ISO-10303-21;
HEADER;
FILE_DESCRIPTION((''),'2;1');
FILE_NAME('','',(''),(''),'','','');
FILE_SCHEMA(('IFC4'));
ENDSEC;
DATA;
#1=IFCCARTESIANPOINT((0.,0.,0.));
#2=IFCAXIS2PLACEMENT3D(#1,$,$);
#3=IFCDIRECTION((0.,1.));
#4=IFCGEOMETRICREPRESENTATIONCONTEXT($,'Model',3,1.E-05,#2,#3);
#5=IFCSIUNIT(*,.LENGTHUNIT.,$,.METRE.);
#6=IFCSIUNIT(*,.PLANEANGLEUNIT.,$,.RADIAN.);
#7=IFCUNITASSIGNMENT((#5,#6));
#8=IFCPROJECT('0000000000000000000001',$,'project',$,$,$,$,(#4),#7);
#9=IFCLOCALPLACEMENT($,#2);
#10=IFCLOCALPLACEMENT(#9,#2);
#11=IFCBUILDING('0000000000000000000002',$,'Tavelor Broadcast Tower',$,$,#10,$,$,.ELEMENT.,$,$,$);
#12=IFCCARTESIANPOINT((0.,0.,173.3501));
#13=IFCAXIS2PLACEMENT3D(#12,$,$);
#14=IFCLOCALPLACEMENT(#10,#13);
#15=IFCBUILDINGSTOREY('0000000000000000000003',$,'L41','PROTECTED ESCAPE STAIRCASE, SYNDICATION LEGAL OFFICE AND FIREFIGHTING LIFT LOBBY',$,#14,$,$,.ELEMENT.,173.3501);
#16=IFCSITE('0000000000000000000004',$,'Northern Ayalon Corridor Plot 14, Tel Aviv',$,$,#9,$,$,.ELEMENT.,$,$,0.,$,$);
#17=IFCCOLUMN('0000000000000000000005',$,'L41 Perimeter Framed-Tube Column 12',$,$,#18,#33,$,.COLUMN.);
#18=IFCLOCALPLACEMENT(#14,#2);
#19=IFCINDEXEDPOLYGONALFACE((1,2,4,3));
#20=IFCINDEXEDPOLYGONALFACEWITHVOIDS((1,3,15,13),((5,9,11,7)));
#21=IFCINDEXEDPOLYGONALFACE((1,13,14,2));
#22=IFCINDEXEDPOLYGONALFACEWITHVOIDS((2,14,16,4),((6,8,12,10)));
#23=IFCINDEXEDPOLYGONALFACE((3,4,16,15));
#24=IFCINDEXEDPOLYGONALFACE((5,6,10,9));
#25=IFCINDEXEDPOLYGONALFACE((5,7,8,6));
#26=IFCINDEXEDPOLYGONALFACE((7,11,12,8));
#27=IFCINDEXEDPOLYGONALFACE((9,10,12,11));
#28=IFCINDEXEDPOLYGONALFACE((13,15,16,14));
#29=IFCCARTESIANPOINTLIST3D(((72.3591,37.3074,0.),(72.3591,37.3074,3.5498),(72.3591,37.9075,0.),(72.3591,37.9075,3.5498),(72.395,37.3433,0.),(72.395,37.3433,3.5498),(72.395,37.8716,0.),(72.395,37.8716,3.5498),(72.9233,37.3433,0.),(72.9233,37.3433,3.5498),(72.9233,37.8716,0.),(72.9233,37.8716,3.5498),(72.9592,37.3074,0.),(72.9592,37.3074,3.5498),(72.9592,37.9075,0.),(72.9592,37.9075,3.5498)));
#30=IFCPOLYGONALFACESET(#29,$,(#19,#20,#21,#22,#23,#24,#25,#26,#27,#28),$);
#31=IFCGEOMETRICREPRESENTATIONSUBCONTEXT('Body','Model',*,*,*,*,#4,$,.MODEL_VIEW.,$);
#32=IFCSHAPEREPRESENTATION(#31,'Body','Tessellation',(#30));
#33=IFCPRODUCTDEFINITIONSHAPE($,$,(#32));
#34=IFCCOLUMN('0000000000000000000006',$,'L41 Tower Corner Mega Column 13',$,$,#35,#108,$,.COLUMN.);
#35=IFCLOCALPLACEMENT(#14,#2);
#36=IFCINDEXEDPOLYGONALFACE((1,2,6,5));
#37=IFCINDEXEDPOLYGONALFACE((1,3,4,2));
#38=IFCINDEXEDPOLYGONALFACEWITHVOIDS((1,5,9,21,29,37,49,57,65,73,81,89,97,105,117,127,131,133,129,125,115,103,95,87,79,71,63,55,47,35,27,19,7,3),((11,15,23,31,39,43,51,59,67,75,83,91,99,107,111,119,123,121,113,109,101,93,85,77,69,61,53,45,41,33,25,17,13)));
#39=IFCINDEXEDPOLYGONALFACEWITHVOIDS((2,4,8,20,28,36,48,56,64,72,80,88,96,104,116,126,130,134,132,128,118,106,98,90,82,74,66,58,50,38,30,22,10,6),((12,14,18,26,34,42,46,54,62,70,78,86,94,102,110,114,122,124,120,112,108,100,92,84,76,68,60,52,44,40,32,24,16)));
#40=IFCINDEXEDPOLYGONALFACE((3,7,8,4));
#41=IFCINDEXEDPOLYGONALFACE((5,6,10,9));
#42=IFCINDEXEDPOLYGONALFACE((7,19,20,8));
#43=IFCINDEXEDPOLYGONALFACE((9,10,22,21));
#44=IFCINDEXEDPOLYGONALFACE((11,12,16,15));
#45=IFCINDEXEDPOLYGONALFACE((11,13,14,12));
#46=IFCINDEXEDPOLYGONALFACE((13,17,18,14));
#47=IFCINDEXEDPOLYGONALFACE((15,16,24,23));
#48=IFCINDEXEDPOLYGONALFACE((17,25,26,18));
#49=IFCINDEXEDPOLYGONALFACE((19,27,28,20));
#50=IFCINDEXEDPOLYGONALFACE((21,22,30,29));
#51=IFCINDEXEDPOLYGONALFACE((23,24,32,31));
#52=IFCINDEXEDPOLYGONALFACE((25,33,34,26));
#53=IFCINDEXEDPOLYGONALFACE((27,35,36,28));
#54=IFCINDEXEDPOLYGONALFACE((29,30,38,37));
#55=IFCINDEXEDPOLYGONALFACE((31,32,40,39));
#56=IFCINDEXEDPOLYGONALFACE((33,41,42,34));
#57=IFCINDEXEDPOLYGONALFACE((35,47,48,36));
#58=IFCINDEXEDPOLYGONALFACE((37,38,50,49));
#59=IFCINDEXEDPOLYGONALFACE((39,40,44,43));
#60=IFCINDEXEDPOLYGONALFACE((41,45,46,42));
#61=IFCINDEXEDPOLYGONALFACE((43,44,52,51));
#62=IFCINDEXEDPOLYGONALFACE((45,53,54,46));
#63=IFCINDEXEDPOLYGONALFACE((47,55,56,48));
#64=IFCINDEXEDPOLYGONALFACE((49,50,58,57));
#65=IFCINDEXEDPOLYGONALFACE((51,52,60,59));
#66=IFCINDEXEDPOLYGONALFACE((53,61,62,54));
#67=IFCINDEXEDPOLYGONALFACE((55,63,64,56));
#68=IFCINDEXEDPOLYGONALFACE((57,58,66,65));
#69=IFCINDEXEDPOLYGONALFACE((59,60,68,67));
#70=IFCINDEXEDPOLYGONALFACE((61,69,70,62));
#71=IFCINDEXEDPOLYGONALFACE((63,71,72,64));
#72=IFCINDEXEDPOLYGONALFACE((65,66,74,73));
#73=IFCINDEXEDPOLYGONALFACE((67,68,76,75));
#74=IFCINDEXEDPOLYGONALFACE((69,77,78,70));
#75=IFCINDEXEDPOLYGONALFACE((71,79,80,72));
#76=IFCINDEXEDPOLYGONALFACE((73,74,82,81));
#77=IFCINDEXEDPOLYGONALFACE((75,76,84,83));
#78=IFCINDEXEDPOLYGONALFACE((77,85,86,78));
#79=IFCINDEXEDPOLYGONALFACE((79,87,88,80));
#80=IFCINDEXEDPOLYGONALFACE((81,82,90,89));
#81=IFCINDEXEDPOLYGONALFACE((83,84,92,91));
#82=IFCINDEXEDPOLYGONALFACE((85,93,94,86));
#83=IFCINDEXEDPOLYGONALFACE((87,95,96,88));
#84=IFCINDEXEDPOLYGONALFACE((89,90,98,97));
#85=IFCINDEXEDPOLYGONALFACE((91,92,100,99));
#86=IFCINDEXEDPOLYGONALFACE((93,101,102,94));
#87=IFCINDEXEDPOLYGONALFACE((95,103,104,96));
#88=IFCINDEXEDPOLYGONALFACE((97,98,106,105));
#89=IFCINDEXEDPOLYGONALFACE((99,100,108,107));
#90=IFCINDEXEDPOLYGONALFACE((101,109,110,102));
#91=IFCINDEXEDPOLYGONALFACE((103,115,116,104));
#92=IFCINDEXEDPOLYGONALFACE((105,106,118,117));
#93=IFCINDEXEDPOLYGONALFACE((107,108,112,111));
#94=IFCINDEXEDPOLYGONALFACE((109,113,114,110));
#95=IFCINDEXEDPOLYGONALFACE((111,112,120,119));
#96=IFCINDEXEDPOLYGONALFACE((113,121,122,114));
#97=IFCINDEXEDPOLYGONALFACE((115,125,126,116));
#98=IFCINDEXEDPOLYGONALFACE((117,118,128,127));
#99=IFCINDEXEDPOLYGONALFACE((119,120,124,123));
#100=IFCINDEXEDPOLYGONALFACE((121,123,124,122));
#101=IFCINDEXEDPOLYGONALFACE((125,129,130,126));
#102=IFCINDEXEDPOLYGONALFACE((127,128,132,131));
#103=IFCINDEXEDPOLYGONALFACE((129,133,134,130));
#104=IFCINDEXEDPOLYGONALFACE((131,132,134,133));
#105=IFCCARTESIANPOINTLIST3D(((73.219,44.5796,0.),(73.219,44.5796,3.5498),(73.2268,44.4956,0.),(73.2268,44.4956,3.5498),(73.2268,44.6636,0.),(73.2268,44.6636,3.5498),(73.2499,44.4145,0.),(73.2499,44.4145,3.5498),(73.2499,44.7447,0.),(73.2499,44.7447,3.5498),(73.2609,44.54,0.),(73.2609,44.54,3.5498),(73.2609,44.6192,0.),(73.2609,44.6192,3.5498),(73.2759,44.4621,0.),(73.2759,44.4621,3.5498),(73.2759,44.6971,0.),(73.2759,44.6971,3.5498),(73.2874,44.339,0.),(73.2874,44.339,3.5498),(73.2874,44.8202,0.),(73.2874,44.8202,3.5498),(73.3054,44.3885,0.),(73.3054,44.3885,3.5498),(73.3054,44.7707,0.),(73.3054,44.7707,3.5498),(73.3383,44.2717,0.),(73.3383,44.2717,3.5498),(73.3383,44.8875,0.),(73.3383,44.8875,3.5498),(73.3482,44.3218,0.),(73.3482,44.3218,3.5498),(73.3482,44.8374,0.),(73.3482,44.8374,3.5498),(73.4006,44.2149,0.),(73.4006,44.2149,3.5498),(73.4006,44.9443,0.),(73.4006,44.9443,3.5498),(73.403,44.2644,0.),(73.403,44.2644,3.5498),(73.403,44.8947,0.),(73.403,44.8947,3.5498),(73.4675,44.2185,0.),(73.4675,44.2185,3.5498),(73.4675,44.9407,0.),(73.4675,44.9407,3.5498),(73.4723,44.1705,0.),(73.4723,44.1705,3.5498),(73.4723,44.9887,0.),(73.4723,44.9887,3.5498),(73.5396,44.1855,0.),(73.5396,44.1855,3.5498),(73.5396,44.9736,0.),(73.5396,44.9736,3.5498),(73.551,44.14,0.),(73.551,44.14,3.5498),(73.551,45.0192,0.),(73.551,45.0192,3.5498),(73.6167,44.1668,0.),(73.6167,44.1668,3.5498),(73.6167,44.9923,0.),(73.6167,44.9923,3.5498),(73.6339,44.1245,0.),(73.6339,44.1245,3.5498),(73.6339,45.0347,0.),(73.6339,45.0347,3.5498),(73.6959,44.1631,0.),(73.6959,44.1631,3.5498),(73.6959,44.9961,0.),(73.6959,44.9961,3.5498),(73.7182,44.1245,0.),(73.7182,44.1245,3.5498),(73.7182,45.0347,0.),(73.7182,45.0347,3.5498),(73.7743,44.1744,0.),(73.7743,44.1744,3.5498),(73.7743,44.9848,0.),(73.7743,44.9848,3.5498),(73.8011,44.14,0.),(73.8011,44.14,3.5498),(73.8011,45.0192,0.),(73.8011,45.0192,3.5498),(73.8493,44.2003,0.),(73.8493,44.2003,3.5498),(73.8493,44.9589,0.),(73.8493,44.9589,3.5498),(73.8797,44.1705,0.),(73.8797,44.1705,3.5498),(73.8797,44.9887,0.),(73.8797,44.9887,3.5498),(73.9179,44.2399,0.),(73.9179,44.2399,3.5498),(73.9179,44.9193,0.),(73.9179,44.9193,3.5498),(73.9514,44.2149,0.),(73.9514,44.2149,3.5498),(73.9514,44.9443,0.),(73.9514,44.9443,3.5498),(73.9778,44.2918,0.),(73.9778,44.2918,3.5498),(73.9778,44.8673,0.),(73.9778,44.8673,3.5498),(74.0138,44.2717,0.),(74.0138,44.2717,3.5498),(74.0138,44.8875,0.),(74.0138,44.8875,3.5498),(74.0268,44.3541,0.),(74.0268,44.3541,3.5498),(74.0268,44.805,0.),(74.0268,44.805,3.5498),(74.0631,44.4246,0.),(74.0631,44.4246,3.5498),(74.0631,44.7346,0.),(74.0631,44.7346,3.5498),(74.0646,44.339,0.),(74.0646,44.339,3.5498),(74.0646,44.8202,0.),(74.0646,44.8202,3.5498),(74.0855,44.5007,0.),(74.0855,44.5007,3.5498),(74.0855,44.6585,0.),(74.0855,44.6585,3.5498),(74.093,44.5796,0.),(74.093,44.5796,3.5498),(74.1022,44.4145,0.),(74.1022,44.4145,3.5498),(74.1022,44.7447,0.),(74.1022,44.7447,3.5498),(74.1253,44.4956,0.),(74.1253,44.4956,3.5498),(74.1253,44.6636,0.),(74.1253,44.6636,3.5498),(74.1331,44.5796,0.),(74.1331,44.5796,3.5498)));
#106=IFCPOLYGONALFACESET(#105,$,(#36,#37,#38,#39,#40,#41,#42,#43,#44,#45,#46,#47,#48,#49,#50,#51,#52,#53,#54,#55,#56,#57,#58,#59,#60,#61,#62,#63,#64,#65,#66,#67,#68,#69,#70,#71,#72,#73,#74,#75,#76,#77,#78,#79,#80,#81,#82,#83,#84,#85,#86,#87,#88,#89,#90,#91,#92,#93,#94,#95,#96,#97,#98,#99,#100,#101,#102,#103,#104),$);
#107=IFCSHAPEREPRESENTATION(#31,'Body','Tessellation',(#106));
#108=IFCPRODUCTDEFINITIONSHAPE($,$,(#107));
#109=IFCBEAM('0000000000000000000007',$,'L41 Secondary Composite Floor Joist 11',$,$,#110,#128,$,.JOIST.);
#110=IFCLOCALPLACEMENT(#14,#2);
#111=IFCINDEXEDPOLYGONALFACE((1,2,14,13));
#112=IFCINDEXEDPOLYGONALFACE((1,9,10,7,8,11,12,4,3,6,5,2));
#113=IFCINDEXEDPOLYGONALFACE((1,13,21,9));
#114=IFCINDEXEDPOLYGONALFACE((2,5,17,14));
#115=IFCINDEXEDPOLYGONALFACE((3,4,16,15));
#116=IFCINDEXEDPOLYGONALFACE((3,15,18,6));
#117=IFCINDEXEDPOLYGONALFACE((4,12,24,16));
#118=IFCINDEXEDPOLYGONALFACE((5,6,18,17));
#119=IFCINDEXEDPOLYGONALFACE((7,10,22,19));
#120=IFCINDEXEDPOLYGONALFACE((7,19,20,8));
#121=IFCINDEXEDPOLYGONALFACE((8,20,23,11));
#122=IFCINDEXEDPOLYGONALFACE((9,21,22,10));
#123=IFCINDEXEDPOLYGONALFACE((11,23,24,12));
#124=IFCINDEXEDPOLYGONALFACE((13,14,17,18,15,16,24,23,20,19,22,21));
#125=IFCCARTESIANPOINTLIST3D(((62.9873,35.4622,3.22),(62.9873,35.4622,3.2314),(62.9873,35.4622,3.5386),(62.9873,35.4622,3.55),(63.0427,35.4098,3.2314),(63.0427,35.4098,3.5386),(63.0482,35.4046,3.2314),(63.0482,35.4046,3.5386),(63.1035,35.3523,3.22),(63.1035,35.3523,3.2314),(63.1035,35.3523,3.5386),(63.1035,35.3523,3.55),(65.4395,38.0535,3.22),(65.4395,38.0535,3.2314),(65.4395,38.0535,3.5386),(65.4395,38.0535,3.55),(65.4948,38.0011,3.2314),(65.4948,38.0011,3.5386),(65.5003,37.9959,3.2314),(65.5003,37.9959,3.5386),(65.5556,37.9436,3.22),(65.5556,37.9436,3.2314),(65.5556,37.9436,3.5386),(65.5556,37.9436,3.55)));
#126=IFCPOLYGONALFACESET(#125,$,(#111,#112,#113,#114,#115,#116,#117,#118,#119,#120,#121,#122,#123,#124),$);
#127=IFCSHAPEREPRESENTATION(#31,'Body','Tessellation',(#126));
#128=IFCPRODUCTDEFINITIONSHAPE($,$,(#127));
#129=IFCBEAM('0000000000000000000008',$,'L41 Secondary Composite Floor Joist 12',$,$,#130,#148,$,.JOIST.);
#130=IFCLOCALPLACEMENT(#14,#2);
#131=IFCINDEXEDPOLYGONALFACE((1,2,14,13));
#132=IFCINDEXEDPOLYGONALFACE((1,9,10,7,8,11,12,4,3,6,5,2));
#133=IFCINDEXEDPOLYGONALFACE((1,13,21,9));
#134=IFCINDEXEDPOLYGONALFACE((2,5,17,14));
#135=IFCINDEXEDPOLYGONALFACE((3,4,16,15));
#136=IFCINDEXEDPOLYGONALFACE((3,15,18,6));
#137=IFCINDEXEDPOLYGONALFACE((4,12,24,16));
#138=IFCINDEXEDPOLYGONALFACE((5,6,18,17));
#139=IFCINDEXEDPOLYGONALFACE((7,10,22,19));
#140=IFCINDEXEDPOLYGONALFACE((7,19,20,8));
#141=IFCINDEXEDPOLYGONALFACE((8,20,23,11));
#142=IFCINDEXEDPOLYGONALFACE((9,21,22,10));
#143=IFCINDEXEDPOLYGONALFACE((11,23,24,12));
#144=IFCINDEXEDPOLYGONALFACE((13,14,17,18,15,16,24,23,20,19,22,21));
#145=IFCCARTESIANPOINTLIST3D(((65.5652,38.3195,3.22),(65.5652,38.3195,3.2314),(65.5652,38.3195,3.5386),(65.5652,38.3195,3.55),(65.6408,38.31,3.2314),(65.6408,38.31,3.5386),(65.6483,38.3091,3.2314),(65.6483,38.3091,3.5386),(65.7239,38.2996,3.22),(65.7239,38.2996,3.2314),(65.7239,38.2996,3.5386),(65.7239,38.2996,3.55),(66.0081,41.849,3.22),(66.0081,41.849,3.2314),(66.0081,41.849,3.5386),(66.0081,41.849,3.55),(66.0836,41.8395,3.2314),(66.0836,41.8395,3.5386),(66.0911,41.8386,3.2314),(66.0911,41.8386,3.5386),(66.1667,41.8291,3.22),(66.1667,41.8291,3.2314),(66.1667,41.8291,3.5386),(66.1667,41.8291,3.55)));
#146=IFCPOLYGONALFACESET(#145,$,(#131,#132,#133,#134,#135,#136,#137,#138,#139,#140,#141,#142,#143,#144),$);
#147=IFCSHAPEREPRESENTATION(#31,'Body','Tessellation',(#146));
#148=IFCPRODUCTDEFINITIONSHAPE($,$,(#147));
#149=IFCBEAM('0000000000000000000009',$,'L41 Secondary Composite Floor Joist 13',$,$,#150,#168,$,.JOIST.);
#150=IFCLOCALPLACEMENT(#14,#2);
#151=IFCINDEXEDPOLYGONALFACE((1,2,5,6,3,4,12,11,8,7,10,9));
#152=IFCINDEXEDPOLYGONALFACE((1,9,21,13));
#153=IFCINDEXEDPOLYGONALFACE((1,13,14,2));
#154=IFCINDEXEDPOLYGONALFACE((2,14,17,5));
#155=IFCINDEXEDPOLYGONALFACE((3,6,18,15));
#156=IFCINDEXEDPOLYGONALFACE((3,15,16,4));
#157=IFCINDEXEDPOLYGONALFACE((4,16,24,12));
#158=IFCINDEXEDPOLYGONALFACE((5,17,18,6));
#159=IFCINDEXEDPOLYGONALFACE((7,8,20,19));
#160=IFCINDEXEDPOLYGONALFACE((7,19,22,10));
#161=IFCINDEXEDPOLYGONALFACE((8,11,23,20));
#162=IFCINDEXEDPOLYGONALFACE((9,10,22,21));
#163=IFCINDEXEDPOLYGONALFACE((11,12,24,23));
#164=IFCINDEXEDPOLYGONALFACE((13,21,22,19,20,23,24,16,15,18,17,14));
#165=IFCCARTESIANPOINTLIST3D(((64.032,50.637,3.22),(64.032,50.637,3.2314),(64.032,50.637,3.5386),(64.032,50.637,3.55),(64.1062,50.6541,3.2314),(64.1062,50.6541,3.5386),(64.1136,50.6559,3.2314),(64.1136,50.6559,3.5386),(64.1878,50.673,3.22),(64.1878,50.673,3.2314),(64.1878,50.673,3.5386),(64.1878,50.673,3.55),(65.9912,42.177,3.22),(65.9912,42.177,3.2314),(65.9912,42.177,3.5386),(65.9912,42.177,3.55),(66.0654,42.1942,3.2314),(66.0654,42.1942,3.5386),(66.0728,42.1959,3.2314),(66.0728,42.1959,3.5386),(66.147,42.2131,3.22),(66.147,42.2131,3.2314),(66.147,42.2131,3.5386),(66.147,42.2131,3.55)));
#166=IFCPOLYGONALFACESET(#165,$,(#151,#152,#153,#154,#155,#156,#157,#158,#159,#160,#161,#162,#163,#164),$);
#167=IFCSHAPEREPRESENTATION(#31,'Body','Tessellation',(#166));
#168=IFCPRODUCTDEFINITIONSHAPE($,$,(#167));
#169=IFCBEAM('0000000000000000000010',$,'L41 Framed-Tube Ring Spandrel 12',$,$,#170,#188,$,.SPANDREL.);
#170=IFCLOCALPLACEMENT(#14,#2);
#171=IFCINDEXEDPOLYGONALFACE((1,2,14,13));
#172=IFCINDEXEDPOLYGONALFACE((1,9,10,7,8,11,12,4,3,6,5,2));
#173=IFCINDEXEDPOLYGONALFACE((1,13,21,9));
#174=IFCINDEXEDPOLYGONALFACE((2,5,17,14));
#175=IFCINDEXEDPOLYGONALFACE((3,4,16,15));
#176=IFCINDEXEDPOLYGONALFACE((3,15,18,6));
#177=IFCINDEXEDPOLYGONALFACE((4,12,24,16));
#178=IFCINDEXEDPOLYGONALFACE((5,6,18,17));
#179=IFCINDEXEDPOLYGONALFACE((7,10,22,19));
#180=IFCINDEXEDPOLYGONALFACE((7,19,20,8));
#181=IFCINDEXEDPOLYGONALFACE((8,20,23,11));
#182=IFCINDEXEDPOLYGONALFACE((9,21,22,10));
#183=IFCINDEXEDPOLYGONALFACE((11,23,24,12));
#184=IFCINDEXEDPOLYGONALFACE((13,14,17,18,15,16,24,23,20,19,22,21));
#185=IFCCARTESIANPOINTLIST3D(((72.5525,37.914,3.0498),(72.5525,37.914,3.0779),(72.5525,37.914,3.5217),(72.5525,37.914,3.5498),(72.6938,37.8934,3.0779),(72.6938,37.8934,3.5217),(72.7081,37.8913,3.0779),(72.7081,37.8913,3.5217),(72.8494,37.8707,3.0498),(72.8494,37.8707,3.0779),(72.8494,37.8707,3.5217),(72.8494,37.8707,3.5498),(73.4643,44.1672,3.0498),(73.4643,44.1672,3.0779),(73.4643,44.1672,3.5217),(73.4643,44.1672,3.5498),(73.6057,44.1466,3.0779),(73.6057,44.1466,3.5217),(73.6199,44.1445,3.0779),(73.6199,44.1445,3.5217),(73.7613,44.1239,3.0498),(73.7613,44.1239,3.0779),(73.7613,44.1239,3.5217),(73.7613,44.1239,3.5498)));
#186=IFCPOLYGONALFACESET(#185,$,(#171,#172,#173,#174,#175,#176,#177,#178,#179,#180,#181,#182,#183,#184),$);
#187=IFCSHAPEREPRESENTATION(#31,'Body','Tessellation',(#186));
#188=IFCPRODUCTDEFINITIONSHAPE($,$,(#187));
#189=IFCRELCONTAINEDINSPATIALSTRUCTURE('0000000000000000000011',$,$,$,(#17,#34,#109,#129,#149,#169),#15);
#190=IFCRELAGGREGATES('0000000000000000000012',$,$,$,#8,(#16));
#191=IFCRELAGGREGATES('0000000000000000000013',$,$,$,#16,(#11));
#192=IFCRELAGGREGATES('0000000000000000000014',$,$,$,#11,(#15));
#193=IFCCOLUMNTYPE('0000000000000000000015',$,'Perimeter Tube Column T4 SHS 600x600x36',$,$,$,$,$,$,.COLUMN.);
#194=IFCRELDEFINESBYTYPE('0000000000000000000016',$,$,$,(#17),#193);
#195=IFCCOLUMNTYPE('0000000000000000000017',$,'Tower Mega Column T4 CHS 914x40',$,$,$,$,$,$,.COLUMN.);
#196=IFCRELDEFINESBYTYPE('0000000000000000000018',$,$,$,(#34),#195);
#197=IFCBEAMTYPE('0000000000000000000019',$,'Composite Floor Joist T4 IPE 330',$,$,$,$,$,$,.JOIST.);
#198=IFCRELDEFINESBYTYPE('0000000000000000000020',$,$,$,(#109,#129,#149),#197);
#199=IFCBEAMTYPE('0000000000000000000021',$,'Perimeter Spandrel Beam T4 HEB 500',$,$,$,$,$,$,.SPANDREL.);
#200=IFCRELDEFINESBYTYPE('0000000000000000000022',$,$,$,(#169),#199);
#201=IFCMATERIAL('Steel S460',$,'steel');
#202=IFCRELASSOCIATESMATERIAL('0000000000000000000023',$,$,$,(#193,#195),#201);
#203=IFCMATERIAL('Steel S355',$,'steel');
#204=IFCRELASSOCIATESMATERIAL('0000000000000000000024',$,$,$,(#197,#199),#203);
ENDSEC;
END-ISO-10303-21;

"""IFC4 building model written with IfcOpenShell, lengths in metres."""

from ifc_helpers import new_model, si_unit, direction, frame, origin, origin_2d, place, context, subcontext, project, spatial, hollow_rectangle, hollow_circle, i_section, extrude, material, material_profile, profile_set, type_object, element, save


model = new_model("IFC4")

# Units and contexts
model_context = context("Model", 3, precision=1e-05, world=origin(), true_north=direction((0.0, 1.0)))
body_context = subcontext(model_context, "Body", "Model", "MODEL_VIEW")
ifc_project = project(units=[si_unit("LENGTHUNIT", "METRE"), si_unit("PLANEANGLEUNIT", "RADIAN")], contexts=[model_context])

# Site, building, storey
site_placement = place(None, origin())
site = spatial("IfcSite", under=ifc_project, at=site_placement, Name="Northern Ayalon Corridor Plot 14, Tel Aviv", CompositionType="ELEMENT", RefElevation=0.0)
building_placement = place(site_placement, origin())
building = spatial("IfcBuilding", under=site, at=building_placement, Name="Tavelor Broadcast Tower", CompositionType="ELEMENT")
storey_placement = place(building_placement, frame((0.0, 0.0, 173.3501)))
storey = spatial("IfcBuildingStorey", under=building, at=storey_placement, Name="L41", Description="PROTECTED ESCAPE STAIRCASE, SYNDICATION LEGAL OFFICE AND FIREFIGHTING LIFT LOBBY", CompositionType="ELEMENT", Elevation=173.3501)

# Columns
ifc_material_1 = material(Name="Steel S460", Category="steel")
ifc_material_profile_1 = material_profile(ifc_material_1, hollow_rectangle(XDim=0.6001, YDim=0.6001, WallThickness=0.0359, at=origin_2d()), Name="SHS 600x600x36")
ifc_profile_set_1 = profile_set([ifc_material_profile_1], Name="Steel S460")
column_type_1 = type_object("IfcColumnType", Name="Perimeter Tube Column T4 SHS 600x600x36", PredefinedType="COLUMN", material=ifc_profile_set_1)
column_1_placement = place(storey_placement, frame((72.6592, 37.6074, 0.0), z_axis=(0.0, 0.0, 1.0), x_axis=(1.0, 0.0, 0.0)))
element("IfcColumn", 1, at=column_1_placement, inside=storey, type_object=column_type_1, Name="L41 Perimeter Framed-Tube Column 12", PredefinedType="COLUMN", context=body_context, shape_type="SweptSolid", body=[
    extrude(hollow_rectangle(XDim=0.6001, YDim=0.6001, WallThickness=0.0359, at=origin_2d()), origin(), (0.0, 0.0, 1.0), 3.5498),
])
ifc_material_profile_2 = material_profile(ifc_material_1, hollow_circle(Radius=0.457, WallThickness=0.04, at=origin_2d()), Name="CHS 914x40")
ifc_profile_set_2 = profile_set([ifc_material_profile_2], Name="Steel S460")
column_type_2 = type_object("IfcColumnType", Name="Tower Mega Column T4 CHS 914x40", PredefinedType="COLUMN", material=ifc_profile_set_2)
column_2_placement = place(storey_placement, frame((73.676, 44.5796, 0.0), z_axis=(0.0, 0.0, 1.0), x_axis=(1.0, 0.0, 0.0)))
element("IfcColumn", 2, at=column_2_placement, inside=storey, type_object=column_type_2, Name="L41 Tower Corner Mega Column 13", PredefinedType="COLUMN", context=body_context, shape_type="SweptSolid", body=[
    extrude(hollow_circle(Radius=0.457, WallThickness=0.04, at=origin_2d()), origin(), (0.0, 0.0, 1.0), 3.5498),
])

# Beams
ifc_material_2 = material(Name="Steel S355", Category="steel")
ifc_material_profile_3 = material_profile(ifc_material_2, i_section(OverallWidth=0.1599, OverallDepth=0.3301, WebThickness=0.0076, FlangeThickness=0.0115, at=origin_2d()), Name="IPE 330")
ifc_profile_set_3 = profile_set([ifc_material_profile_3], Name="Steel S355")
beam_type_1 = type_object("IfcBeamType", Name="Composite Floor Joist T4 IPE 330", PredefinedType="JOIST", material=ifc_profile_set_3)
beam_1_placement = place(storey_placement, frame((63.0454, 35.4072, 3.385), z_axis=(0.687335, 0.726341, 0.0), x_axis=(-0.726341, 0.687335, 0.0)))
element("IfcBeam", 3, at=beam_1_placement, inside=storey, type_object=beam_type_1, Name="L41 Secondary Composite Floor Joist 11", PredefinedType="JOIST", context=body_context, shape_type="SweptSolid", body=[
    extrude(i_section(OverallWidth=0.1599, OverallDepth=0.3301, WebThickness=0.0076, FlangeThickness=0.0115, at=origin_2d()), origin(), (0.0, 0.0, 1.0), 3.5676),
])
beam_2_placement = place(storey_placement, frame((65.6445, 38.3096, 3.385), z_axis=(0.124499, 0.99222, 0.0), x_axis=(-0.99222, 0.124499, 0.0)))
element("IfcBeam", 4, at=beam_2_placement, inside=storey, type_object=beam_type_1, Name="L41 Secondary Composite Floor Joist 12", PredefinedType="JOIST", context=body_context, shape_type="SweptSolid", body=[
    extrude(i_section(OverallWidth=0.1599, OverallDepth=0.3301, WebThickness=0.0076, FlangeThickness=0.0115, at=origin_2d()), origin(), (0.0, 0.0, 1.0), 3.5571),
])
beam_3_placement = place(storey_placement, frame((66.0691, 42.1951, 3.385), z_axis=(-0.225617, 0.974216, 0.0), x_axis=(-0.974216, -0.225617, 0.0)))
element("IfcBeam", 5, at=beam_3_placement, inside=storey, type_object=beam_type_1, Name="L41 Secondary Composite Floor Joist 13", PredefinedType="JOIST", context=body_context, shape_type="SweptSolid", body=[
    extrude(i_section(OverallWidth=0.1599, OverallDepth=0.3301, WebThickness=0.0076, FlangeThickness=0.0115, at=origin_2d()), origin(), (0.0, 0.0, 1.0), 8.6838),
])
ifc_material_profile_4 = material_profile(ifc_material_2, i_section(OverallWidth=0.3, OverallDepth=0.5, WebThickness=0.0144, FlangeThickness=0.0281, at=origin_2d()), Name="HEB 500")
ifc_profile_set_4 = profile_set([ifc_material_profile_4], Name="Steel S355")
beam_type_2 = type_object("IfcBeamType", Name="Perimeter Spandrel Beam T4 HEB 500", PredefinedType="SPANDREL", material=ifc_profile_set_4)
beam_4_placement = place(storey_placement, frame((72.7009, 37.8923, 3.2998), z_axis=(0.144298, 0.989534, 0.0), x_axis=(-0.989534, 0.144298, 0.0)))
element("IfcBeam", 6, at=beam_4_placement, inside=storey, type_object=beam_type_2, Name="L41 Framed-Tube Ring Spandrel 12", PredefinedType="SPANDREL", context=body_context, shape_type="SweptSolid", body=[
    extrude(i_section(OverallWidth=0.3, OverallDepth=0.5, WebThickness=0.0144, FlangeThickness=0.0281, at=origin_2d()), origin(), (0.0, 0.0, 1.0), 6.3193),
])

save(model, "model.ifc")
